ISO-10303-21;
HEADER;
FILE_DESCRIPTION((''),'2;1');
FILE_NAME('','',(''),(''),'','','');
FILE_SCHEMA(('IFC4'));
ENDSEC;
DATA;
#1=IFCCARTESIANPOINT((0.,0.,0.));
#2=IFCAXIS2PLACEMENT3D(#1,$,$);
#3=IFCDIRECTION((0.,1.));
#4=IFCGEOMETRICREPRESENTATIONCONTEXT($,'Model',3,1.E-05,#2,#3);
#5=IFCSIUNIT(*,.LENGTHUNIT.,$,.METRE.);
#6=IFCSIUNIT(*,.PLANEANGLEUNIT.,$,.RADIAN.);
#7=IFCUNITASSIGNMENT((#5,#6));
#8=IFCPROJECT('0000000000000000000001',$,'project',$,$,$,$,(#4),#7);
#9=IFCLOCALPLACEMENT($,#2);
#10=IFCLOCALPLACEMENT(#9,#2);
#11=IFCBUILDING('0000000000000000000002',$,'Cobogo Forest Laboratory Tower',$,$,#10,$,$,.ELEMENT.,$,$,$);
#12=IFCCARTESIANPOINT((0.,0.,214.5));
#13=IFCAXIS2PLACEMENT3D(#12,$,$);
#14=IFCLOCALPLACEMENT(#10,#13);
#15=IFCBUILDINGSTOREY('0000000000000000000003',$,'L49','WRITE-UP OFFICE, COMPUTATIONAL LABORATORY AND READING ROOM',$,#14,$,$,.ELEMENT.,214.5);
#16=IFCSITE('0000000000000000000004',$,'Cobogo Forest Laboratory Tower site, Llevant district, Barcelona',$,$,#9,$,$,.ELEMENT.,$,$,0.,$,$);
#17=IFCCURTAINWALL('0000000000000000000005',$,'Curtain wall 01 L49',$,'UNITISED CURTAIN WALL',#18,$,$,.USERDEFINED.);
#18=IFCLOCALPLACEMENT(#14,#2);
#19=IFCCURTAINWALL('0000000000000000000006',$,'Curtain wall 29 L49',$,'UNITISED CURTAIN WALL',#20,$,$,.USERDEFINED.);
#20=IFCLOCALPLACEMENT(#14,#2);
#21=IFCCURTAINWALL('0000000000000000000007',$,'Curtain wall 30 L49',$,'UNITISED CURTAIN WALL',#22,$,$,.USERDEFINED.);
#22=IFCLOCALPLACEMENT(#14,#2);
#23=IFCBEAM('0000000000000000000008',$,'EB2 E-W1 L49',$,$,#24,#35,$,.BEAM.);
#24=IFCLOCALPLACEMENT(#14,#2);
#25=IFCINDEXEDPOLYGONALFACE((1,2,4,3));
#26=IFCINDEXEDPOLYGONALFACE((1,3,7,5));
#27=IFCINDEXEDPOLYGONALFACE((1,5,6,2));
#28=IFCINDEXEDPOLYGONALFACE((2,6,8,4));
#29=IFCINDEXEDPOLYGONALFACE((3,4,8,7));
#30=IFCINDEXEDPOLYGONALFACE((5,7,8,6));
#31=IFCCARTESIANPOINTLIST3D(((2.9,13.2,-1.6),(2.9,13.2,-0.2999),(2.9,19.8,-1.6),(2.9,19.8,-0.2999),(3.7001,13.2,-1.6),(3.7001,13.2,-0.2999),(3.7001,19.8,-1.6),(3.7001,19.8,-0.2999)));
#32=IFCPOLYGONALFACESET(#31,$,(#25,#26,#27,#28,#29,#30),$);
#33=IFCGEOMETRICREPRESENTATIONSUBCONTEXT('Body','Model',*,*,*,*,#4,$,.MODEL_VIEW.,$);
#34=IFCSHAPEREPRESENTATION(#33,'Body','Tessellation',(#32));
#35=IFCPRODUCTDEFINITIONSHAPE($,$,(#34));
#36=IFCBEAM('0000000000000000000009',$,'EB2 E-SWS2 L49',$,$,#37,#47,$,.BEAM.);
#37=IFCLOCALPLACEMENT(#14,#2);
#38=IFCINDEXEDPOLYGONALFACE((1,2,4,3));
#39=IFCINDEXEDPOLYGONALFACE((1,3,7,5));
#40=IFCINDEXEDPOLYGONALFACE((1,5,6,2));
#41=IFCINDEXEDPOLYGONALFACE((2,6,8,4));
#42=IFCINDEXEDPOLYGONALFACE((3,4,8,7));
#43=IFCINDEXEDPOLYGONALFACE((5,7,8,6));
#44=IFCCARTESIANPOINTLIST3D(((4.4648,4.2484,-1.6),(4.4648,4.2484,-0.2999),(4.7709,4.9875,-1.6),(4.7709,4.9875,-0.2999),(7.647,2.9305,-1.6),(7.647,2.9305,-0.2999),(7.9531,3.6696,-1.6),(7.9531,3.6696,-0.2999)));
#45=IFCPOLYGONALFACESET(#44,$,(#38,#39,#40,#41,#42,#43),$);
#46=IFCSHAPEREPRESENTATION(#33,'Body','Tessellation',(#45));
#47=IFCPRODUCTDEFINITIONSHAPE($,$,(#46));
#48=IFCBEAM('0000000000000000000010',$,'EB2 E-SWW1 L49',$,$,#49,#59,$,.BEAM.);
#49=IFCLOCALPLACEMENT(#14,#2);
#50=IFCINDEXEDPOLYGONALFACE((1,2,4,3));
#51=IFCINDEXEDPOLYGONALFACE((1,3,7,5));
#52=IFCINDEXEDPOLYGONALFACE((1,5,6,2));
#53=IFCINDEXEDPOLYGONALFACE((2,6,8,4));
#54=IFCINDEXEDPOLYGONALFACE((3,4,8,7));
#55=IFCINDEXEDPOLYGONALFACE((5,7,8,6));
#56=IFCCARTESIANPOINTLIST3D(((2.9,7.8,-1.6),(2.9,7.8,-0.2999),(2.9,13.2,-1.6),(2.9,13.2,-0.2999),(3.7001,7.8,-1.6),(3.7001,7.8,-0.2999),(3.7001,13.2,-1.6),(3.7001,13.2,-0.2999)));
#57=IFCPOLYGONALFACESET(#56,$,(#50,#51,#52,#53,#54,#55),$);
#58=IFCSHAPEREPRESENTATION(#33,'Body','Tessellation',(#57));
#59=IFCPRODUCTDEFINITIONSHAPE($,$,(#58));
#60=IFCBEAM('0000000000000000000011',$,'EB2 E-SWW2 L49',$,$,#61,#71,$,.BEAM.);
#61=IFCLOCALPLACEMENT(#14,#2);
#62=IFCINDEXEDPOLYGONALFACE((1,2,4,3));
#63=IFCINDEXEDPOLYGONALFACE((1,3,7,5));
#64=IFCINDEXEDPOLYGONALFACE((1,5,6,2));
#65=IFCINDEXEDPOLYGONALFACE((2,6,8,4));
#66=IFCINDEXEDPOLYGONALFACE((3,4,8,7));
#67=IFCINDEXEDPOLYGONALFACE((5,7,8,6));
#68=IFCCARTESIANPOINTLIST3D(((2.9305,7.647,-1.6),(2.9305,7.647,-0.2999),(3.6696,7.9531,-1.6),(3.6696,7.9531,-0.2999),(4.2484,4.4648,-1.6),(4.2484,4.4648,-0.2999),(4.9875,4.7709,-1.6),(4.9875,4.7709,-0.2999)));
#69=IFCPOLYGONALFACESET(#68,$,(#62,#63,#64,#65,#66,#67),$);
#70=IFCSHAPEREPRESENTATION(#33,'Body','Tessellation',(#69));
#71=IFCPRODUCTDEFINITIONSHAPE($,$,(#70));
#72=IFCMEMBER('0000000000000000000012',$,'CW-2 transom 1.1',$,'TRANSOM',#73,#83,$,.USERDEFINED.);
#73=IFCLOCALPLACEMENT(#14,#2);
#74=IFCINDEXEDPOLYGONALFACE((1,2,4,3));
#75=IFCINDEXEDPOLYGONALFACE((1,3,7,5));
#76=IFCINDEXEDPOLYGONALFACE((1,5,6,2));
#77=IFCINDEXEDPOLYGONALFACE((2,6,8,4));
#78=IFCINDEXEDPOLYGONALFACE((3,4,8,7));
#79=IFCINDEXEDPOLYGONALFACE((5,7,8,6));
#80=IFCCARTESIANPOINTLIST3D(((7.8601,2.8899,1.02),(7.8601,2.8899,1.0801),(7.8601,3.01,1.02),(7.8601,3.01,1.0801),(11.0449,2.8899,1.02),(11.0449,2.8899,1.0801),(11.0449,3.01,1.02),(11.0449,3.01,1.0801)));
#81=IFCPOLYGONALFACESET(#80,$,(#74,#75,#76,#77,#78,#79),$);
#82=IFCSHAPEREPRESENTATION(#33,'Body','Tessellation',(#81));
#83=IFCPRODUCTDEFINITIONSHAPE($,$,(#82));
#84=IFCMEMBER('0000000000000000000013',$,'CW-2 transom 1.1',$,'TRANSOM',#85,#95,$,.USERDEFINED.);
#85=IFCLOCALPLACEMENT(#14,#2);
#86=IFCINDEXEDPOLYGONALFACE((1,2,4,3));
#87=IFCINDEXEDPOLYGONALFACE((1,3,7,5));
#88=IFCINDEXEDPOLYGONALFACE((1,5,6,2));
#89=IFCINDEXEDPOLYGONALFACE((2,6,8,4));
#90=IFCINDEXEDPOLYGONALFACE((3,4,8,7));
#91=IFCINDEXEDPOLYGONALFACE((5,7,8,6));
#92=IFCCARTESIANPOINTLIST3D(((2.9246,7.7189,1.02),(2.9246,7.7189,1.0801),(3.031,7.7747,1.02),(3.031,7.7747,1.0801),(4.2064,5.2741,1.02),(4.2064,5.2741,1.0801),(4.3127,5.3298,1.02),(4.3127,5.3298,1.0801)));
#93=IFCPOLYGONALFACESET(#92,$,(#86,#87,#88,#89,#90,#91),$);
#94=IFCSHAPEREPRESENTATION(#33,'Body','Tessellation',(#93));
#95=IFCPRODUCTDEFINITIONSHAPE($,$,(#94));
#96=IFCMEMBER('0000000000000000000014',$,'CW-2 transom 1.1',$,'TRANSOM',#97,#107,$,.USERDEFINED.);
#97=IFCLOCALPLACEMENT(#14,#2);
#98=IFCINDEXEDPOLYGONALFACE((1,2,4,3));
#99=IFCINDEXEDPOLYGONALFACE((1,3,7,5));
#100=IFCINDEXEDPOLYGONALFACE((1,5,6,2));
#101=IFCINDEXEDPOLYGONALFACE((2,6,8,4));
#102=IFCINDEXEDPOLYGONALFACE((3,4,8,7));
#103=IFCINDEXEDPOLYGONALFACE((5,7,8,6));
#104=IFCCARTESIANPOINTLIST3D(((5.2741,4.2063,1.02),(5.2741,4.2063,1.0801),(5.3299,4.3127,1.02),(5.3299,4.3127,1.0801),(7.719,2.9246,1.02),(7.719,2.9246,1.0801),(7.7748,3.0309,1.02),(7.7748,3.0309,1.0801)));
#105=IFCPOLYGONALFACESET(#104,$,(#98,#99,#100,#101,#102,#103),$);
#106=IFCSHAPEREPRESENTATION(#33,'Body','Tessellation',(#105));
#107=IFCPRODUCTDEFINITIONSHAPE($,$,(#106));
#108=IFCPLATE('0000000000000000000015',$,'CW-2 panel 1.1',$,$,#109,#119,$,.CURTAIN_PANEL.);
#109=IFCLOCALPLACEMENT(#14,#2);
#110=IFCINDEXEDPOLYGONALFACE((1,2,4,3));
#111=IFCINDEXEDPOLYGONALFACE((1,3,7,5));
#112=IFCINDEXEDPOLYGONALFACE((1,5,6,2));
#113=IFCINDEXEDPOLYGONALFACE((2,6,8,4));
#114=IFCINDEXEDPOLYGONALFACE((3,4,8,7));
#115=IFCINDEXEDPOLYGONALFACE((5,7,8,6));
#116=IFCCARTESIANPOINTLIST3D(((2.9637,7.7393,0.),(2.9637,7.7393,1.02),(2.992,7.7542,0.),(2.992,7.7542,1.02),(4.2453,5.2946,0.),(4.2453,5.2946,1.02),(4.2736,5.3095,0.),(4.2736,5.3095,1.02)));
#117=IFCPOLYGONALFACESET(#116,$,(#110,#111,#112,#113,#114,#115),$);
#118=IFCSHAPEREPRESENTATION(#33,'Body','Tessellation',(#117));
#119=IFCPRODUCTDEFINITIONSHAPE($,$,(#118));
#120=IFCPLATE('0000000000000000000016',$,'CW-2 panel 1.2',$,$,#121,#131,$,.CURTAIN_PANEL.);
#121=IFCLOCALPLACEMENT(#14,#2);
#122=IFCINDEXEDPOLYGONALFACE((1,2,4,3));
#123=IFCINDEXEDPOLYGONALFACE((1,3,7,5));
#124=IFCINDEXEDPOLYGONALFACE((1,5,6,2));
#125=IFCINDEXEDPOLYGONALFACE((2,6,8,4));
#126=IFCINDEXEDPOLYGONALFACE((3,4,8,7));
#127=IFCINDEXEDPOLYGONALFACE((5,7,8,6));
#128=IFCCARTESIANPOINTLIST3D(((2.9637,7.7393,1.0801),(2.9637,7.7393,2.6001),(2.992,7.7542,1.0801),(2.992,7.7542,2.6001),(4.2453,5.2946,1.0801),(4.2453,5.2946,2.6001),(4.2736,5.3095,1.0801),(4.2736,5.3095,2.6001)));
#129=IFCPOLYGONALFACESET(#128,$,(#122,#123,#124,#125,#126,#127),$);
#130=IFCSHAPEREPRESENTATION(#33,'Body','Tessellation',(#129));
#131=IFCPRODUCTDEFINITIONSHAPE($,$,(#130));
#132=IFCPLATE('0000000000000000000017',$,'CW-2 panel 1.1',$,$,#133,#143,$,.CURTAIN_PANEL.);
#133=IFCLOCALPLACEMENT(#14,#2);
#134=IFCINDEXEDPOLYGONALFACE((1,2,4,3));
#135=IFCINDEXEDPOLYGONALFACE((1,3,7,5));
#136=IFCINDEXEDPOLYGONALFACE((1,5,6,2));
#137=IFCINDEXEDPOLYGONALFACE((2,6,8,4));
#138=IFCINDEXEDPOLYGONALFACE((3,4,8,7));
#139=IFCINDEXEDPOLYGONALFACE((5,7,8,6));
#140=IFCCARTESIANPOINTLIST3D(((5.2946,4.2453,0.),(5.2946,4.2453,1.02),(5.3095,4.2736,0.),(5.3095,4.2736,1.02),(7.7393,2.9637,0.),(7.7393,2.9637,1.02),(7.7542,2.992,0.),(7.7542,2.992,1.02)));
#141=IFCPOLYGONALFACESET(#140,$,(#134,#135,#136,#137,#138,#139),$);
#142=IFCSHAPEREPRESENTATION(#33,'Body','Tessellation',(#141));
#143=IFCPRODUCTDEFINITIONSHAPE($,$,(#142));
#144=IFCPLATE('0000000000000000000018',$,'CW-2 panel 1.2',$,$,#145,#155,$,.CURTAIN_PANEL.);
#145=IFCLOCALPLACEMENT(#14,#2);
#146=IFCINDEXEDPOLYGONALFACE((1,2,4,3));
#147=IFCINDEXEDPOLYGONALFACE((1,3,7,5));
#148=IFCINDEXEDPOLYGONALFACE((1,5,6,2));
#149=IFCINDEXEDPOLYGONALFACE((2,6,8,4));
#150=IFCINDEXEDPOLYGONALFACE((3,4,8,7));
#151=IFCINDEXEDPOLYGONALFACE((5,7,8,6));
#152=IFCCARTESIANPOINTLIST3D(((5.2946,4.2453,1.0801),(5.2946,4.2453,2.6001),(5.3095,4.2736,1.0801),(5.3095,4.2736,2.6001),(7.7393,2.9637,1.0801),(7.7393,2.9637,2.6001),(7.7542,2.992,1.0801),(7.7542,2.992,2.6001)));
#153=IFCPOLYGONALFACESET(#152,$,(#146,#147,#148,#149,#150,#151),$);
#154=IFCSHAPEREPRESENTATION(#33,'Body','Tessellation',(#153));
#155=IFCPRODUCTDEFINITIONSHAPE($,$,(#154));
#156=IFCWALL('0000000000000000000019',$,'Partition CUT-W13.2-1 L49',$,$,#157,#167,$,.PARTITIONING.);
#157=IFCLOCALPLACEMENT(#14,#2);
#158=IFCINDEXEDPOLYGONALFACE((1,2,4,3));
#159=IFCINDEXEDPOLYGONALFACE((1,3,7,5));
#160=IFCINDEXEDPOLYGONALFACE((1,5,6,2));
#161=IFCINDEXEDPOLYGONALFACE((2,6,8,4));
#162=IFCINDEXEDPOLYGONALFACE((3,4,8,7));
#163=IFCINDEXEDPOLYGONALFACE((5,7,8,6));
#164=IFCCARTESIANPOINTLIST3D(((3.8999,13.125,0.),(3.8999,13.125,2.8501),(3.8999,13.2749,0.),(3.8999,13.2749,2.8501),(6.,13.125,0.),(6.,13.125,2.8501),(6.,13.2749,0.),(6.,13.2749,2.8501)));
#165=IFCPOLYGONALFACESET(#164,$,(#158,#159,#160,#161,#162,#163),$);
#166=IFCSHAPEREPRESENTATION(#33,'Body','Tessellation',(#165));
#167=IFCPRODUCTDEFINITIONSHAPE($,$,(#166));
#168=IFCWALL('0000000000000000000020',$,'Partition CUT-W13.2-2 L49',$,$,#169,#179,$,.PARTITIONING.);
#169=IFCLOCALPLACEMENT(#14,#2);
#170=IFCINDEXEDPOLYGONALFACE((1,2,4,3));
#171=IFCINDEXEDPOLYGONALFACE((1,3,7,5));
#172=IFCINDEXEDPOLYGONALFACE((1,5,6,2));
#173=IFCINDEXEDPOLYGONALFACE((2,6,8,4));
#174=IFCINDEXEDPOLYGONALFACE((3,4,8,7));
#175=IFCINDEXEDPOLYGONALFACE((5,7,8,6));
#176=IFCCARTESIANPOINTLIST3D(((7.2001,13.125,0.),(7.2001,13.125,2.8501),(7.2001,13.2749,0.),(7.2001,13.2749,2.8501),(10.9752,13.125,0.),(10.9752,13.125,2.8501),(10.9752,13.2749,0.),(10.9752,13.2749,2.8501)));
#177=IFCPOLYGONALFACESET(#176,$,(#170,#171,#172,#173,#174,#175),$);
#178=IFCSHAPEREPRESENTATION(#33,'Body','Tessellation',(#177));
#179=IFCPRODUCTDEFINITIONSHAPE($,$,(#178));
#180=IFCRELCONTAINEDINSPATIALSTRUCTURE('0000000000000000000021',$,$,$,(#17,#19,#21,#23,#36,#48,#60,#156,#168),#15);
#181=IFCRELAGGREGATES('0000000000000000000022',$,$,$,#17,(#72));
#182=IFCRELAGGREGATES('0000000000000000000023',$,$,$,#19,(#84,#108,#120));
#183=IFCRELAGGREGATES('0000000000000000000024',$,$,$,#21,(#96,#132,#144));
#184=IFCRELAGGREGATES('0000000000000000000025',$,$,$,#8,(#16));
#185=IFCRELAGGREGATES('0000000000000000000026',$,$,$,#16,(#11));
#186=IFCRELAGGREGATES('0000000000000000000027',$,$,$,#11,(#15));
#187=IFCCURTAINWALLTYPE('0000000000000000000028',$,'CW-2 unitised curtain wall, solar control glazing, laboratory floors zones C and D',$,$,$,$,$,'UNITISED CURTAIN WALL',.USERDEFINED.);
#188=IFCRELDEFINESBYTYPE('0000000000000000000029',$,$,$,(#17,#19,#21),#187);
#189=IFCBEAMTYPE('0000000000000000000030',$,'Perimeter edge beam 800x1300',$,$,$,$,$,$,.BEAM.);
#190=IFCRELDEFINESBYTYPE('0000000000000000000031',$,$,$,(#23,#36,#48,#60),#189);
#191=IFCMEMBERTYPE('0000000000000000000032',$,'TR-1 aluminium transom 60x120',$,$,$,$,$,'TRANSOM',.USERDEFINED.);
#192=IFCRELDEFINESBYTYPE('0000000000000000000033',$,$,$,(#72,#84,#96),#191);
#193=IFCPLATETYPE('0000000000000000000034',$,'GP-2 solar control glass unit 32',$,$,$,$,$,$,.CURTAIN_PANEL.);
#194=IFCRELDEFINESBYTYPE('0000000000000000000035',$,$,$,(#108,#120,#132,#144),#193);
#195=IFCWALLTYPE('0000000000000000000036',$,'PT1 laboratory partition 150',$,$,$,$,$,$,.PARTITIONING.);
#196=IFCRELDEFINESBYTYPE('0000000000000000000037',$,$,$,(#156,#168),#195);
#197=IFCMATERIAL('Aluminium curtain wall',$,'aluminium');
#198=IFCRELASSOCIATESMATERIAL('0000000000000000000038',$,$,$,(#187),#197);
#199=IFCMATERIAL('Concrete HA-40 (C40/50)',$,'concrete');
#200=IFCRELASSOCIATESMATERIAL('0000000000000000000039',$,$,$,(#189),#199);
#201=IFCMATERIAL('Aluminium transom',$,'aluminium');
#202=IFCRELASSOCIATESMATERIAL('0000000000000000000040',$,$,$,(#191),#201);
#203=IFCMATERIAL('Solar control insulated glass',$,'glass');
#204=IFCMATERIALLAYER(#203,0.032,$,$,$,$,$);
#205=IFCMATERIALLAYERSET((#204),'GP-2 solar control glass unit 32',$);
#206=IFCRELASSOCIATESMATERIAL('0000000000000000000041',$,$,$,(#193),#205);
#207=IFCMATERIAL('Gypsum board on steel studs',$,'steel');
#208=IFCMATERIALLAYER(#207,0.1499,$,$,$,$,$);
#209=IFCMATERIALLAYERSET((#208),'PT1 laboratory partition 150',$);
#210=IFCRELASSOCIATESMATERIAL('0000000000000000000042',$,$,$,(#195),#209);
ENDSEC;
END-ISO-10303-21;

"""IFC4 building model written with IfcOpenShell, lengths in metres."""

from ifc_helpers import new_model, si_unit, direction, frame, frame_2d, origin, origin_2d, place, context, subcontext, project, spatial, rectangle, extrude, material, layer, layer_set, material_profile, profile_set, type_object, element, aggregate, save


model = new_model("IFC4")

# Units and contexts
model_context = context("Model", 3, precision=1e-05, world=origin(), true_north=direction((0.0, 1.0)))
body_context = subcontext(model_context, "Body", "Model", "MODEL_VIEW")
ifc_project = project(units=[si_unit("LENGTHUNIT", "METRE"), si_unit("PLANEANGLEUNIT", "RADIAN")], contexts=[model_context])

# Site, building, storey
site_placement = place(None, origin())
site = spatial("IfcSite", under=ifc_project, at=site_placement, Name="Cobogo Forest Laboratory Tower site, Llevant district, Barcelona", CompositionType="ELEMENT", RefElevation=0.0)
building_placement = place(site_placement, origin())
building = spatial("IfcBuilding", under=site, at=building_placement, Name="Cobogo Forest Laboratory Tower", CompositionType="ELEMENT")
storey_placement = place(building_placement, frame((0.0, 0.0, 214.5)))
storey = spatial("IfcBuildingStorey", under=building, at=storey_placement, Name="L49", Description="WRITE-UP OFFICE, COMPUTATIONAL LABORATORY AND READING ROOM", CompositionType="ELEMENT", Elevation=214.5)

# Curtain wall
ifc_material_1 = material(Name="Aluminium curtain wall", Category="aluminium")
curtain_wall_type = type_object("IfcCurtainWallType", Name="CW-2 unitised curtain wall, solar control glazing, laboratory floors zones C and D", ElementType="UNITISED CURTAIN WALL", PredefinedType="USERDEFINED", material=ifc_material_1)
curtain_wall_1_placement = place(storey_placement, origin())
curtain_wall_1 = element("IfcCurtainWall", 1, at=curtain_wall_1_placement, inside=storey, type_object=curtain_wall_type, Name="Curtain wall 01 L49", ObjectType="UNITISED CURTAIN WALL", PredefinedType="USERDEFINED")

# Curtain walls
curtain_wall_2_placement = place(storey_placement, origin())
curtain_wall_2 = element("IfcCurtainWall", 2, at=curtain_wall_2_placement, inside=storey, type_object=curtain_wall_type, Name="Curtain wall 29 L49", ObjectType="UNITISED CURTAIN WALL", PredefinedType="USERDEFINED")
curtain_wall_3_placement = place(storey_placement, origin())
curtain_wall_3 = element("IfcCurtainWall", 3, at=curtain_wall_3_placement, inside=storey, type_object=curtain_wall_type, Name="Curtain wall 30 L49", ObjectType="UNITISED CURTAIN WALL", PredefinedType="USERDEFINED")

# Beams
ifc_material_2 = material(Name="Concrete HA-40 (C40/50)", Category="concrete")
ifc_material_profile_1 = material_profile(ifc_material_2, rectangle(XDim=0.8, YDim=1.3, at=origin_2d()), Name="RC 800x1300")
ifc_profile_set_1 = profile_set([ifc_material_profile_1], Name="Concrete HA-40 (C40/50)")
beam_type_1 = type_object("IfcBeamType", Name="Perimeter edge beam 800x1300", PredefinedType="BEAM", material=ifc_profile_set_1)
beam_1_placement = place(storey_placement, frame((3.3, 13.2, -0.95), z_axis=(0.0, 1.0, 0.0), x_axis=(-1.0, 0.0, 0.0)))
element("IfcBeam", 4, at=beam_1_placement, inside=storey, type_object=beam_type_1, Name="EB2 E-W1 L49", PredefinedType="BEAM", context=body_context, shape_type="SweptSolid", body=[
    extrude(rectangle(XDim=0.8, YDim=1.3, at=origin_2d()), origin(), (0.0, 0.0, 1.0), 6.6001),
])
beam_2_placement = place(storey_placement, frame((7.8, 3.3, -0.95), z_axis=(-0.923901, 0.382631, 0.0), x_axis=(-0.382631, -0.923901, 0.0)))
element("IfcBeam", 5, at=beam_2_placement, inside=storey, type_object=beam_type_1, Name="EB2 E-SWS2 L49", PredefinedType="BEAM", context=body_context, shape_type="SweptSolid", body=[
    extrude(rectangle(XDim=0.8, YDim=1.3, at=origin_2d()), origin(), (0.0, 0.0, 1.0), 3.4443),
])
beam_3_placement = place(storey_placement, frame((3.3, 13.2, -0.95), z_axis=(0.0, -1.0, 0.0), x_axis=(1.0, 0.0, 0.0)))
element("IfcBeam", 6, at=beam_3_placement, inside=storey, type_object=beam_type_1, Name="EB2 E-SWW1 L49", PredefinedType="BEAM", context=body_context, shape_type="SweptSolid", body=[
    extrude(rectangle(XDim=0.8, YDim=1.3, at=origin_2d()), origin(), (0.0, 0.0, 1.0), 5.3999),
])
beam_4_placement = place(storey_placement, frame((3.3, 7.8, -0.95), z_axis=(0.382631, -0.923901, 0.0), x_axis=(0.923901, 0.382631, 0.0)))
element("IfcBeam", 7, at=beam_4_placement, inside=storey, type_object=beam_type_1, Name="EB2 E-SWW2 L49", PredefinedType="BEAM", context=body_context, shape_type="SweptSolid", body=[
    extrude(rectangle(XDim=0.8, YDim=1.3, at=origin_2d()), origin(), (0.0, 0.0, 1.0), 3.4443),
])

# Members
ifc_material_3 = material(Name="Aluminium transom", Category="aluminium")
ifc_material_profile_2 = material_profile(ifc_material_3, rectangle(XDim=0.1201, YDim=0.0601, at=origin_2d()), Name="AL 60x120")
ifc_profile_set_2 = profile_set([ifc_material_profile_2], Name="Aluminium transom")
member_type_1 = type_object("IfcMemberType", Name="TR-1 aluminium transom 60x120", ElementType="TRANSOM", PredefinedType="USERDEFINED", material=ifc_profile_set_2)
member_1_placement = place(storey_placement, frame((7.8601, 2.95, 1.05), z_axis=(1.0, 0.0, 0.0), x_axis=(0.0, 1.0, 0.0)))
member_1 = element("IfcMember", 8, at=member_1_placement, type_object=member_type_1, Name="CW-2 transom 1.1", ObjectType="TRANSOM", PredefinedType="USERDEFINED", context=body_context, shape_type="SweptSolid", body=[
    extrude(rectangle(XDim=0.1201, YDim=0.0601, at=origin_2d()), origin(), (0.0, 0.0, 1.0), 3.1848),
])
aggregate(curtain_wall_1, [member_1])
member_2_placement = place(storey_placement, frame((2.9778, 7.7468, 1.05), z_axis=(0.464324, -0.885665, 0.0), x_axis=(0.885665, 0.464324, 0.0)))
member_2 = element("IfcMember", 9, at=member_2_placement, type_object=member_type_1, Name="CW-2 transom 1.1", ObjectType="TRANSOM", PredefinedType="USERDEFINED", context=body_context, shape_type="SweptSolid", body=[
    extrude(rectangle(XDim=0.1201, YDim=0.0601, at=origin_2d()), origin(), (0.0, 0.0, 1.0), 2.7605),
])
member_3_placement = place(storey_placement, frame((5.302, 4.2595, 1.05), z_axis=(0.885665, -0.464324, 0.0), x_axis=(0.464324, 0.885665, 0.0)))
member_3 = element("IfcMember", 10, at=member_3_placement, type_object=member_type_1, Name="CW-2 transom 1.1", ObjectType="TRANSOM", PredefinedType="USERDEFINED", context=body_context, shape_type="SweptSolid", body=[
    extrude(rectangle(XDim=0.1201, YDim=0.0601, at=origin_2d()), origin(), (0.0, 0.0, 1.0), 2.7605),
])

# Plates
ifc_material_4 = material(Name="Solar control insulated glass", Category="glass")
ifc_layer_1 = layer(ifc_material_4, 0.032)
ifc_layer_set_1 = layer_set([ifc_layer_1], Name="GP-2 solar control glass unit 32")
plate_type = type_object("IfcPlateType", Name="GP-2 solar control glass unit 32", PredefinedType="CURTAIN_PANEL", material=ifc_layer_set_1)
plate_1_placement = place(storey_placement, frame((3.6187, 6.5244, 0.0), z_axis=(0.0, 0.0, 1.0), x_axis=(0.464284, -0.885686, 0.0)))
plate_1 = element("IfcPlate", 11, at=plate_1_placement, type_object=plate_type, Name="CW-2 panel 1.1", PredefinedType="CURTAIN_PANEL", context=body_context, shape_type="SweptSolid", body=[
    extrude(rectangle(XDim=2.7603, YDim=0.032, at=origin_2d()), origin(), (0.0, 0.0, 1.0), 1.02),
])
plate_2_placement = place(storey_placement, frame((3.6187, 6.5244, 1.0801), z_axis=(0.0, 0.0, 1.0), x_axis=(0.464284, -0.885686, 0.0)))
plate_2 = element("IfcPlate", 12, at=plate_2_placement, type_object=plate_type, Name="CW-2 panel 1.2", PredefinedType="CURTAIN_PANEL", context=body_context, shape_type="SweptSolid", body=[
    extrude(rectangle(XDim=2.7603, YDim=0.032, at=origin_2d()), origin(), (0.0, 0.0, 1.0), 1.52),
])
aggregate(curtain_wall_2, [member_2, plate_1, plate_2])
plate_3_placement = place(storey_placement, frame((6.5244, 3.6187, 0.0), z_axis=(0.0, 0.0, 1.0), x_axis=(0.885686, -0.464284, 0.0)))
plate_3 = element("IfcPlate", 13, at=plate_3_placement, type_object=plate_type, Name="CW-2 panel 1.1", PredefinedType="CURTAIN_PANEL", context=body_context, shape_type="SweptSolid", body=[
    extrude(rectangle(XDim=2.7603, YDim=0.032, at=origin_2d()), origin(), (0.0, 0.0, 1.0), 1.02),
])
plate_4_placement = place(storey_placement, frame((6.5244, 3.6187, 1.0801), z_axis=(0.0, 0.0, 1.0), x_axis=(0.885686, -0.464284, 0.0)))
plate_4 = element("IfcPlate", 14, at=plate_4_placement, type_object=plate_type, Name="CW-2 panel 1.2", PredefinedType="CURTAIN_PANEL", context=body_context, shape_type="SweptSolid", body=[
    extrude(rectangle(XDim=2.7603, YDim=0.032, at=origin_2d()), origin(), (0.0, 0.0, 1.0), 1.52),
])
aggregate(curtain_wall_3, [member_3, plate_3, plate_4])

# Walls
ifc_material_5 = material(Name="Gypsum board on steel studs", Category="steel")
ifc_layer_2 = layer(ifc_material_5, 0.1499)
ifc_layer_set_2 = layer_set([ifc_layer_2], Name="PT1 laboratory partition 150")
wall_type = type_object("IfcWallType", Name="PT1 laboratory partition 150", PredefinedType="PARTITIONING", material=ifc_layer_set_2)
wall_1_placement = place(storey_placement, frame((3.8999, 13.2, 0.0), z_axis=(0.0, 0.0, 1.0), x_axis=(1.0, 0.0, 0.0)))
element("IfcWall", 15, at=wall_1_placement, inside=storey, type_object=wall_type, Name="Partition CUT-W13.2-1 L49", PredefinedType="PARTITIONING", context=body_context, shape_type="SweptSolid", body=[
    extrude(rectangle(XDim=2.1001, YDim=0.1499, at=frame_2d((1.05, 0.0))), origin(), (0.0, 0.0, 1.0), 2.8501),
])
wall_2_placement = place(storey_placement, frame((7.2, 13.2, 0.0), z_axis=(0.0, 0.0, 1.0), x_axis=(1.0, 0.0, 0.0)))
element("IfcWall", 16, at=wall_2_placement, inside=storey, type_object=wall_type, Name="Partition CUT-W13.2-2 L49", PredefinedType="PARTITIONING", context=body_context, shape_type="SweptSolid", body=[
    extrude(rectangle(XDim=3.7751, YDim=0.1499, at=frame_2d((1.8877, 0.0))), origin(), (0.0, 0.0, 1.0), 2.8501),
])

save(model, "model.ifc")
